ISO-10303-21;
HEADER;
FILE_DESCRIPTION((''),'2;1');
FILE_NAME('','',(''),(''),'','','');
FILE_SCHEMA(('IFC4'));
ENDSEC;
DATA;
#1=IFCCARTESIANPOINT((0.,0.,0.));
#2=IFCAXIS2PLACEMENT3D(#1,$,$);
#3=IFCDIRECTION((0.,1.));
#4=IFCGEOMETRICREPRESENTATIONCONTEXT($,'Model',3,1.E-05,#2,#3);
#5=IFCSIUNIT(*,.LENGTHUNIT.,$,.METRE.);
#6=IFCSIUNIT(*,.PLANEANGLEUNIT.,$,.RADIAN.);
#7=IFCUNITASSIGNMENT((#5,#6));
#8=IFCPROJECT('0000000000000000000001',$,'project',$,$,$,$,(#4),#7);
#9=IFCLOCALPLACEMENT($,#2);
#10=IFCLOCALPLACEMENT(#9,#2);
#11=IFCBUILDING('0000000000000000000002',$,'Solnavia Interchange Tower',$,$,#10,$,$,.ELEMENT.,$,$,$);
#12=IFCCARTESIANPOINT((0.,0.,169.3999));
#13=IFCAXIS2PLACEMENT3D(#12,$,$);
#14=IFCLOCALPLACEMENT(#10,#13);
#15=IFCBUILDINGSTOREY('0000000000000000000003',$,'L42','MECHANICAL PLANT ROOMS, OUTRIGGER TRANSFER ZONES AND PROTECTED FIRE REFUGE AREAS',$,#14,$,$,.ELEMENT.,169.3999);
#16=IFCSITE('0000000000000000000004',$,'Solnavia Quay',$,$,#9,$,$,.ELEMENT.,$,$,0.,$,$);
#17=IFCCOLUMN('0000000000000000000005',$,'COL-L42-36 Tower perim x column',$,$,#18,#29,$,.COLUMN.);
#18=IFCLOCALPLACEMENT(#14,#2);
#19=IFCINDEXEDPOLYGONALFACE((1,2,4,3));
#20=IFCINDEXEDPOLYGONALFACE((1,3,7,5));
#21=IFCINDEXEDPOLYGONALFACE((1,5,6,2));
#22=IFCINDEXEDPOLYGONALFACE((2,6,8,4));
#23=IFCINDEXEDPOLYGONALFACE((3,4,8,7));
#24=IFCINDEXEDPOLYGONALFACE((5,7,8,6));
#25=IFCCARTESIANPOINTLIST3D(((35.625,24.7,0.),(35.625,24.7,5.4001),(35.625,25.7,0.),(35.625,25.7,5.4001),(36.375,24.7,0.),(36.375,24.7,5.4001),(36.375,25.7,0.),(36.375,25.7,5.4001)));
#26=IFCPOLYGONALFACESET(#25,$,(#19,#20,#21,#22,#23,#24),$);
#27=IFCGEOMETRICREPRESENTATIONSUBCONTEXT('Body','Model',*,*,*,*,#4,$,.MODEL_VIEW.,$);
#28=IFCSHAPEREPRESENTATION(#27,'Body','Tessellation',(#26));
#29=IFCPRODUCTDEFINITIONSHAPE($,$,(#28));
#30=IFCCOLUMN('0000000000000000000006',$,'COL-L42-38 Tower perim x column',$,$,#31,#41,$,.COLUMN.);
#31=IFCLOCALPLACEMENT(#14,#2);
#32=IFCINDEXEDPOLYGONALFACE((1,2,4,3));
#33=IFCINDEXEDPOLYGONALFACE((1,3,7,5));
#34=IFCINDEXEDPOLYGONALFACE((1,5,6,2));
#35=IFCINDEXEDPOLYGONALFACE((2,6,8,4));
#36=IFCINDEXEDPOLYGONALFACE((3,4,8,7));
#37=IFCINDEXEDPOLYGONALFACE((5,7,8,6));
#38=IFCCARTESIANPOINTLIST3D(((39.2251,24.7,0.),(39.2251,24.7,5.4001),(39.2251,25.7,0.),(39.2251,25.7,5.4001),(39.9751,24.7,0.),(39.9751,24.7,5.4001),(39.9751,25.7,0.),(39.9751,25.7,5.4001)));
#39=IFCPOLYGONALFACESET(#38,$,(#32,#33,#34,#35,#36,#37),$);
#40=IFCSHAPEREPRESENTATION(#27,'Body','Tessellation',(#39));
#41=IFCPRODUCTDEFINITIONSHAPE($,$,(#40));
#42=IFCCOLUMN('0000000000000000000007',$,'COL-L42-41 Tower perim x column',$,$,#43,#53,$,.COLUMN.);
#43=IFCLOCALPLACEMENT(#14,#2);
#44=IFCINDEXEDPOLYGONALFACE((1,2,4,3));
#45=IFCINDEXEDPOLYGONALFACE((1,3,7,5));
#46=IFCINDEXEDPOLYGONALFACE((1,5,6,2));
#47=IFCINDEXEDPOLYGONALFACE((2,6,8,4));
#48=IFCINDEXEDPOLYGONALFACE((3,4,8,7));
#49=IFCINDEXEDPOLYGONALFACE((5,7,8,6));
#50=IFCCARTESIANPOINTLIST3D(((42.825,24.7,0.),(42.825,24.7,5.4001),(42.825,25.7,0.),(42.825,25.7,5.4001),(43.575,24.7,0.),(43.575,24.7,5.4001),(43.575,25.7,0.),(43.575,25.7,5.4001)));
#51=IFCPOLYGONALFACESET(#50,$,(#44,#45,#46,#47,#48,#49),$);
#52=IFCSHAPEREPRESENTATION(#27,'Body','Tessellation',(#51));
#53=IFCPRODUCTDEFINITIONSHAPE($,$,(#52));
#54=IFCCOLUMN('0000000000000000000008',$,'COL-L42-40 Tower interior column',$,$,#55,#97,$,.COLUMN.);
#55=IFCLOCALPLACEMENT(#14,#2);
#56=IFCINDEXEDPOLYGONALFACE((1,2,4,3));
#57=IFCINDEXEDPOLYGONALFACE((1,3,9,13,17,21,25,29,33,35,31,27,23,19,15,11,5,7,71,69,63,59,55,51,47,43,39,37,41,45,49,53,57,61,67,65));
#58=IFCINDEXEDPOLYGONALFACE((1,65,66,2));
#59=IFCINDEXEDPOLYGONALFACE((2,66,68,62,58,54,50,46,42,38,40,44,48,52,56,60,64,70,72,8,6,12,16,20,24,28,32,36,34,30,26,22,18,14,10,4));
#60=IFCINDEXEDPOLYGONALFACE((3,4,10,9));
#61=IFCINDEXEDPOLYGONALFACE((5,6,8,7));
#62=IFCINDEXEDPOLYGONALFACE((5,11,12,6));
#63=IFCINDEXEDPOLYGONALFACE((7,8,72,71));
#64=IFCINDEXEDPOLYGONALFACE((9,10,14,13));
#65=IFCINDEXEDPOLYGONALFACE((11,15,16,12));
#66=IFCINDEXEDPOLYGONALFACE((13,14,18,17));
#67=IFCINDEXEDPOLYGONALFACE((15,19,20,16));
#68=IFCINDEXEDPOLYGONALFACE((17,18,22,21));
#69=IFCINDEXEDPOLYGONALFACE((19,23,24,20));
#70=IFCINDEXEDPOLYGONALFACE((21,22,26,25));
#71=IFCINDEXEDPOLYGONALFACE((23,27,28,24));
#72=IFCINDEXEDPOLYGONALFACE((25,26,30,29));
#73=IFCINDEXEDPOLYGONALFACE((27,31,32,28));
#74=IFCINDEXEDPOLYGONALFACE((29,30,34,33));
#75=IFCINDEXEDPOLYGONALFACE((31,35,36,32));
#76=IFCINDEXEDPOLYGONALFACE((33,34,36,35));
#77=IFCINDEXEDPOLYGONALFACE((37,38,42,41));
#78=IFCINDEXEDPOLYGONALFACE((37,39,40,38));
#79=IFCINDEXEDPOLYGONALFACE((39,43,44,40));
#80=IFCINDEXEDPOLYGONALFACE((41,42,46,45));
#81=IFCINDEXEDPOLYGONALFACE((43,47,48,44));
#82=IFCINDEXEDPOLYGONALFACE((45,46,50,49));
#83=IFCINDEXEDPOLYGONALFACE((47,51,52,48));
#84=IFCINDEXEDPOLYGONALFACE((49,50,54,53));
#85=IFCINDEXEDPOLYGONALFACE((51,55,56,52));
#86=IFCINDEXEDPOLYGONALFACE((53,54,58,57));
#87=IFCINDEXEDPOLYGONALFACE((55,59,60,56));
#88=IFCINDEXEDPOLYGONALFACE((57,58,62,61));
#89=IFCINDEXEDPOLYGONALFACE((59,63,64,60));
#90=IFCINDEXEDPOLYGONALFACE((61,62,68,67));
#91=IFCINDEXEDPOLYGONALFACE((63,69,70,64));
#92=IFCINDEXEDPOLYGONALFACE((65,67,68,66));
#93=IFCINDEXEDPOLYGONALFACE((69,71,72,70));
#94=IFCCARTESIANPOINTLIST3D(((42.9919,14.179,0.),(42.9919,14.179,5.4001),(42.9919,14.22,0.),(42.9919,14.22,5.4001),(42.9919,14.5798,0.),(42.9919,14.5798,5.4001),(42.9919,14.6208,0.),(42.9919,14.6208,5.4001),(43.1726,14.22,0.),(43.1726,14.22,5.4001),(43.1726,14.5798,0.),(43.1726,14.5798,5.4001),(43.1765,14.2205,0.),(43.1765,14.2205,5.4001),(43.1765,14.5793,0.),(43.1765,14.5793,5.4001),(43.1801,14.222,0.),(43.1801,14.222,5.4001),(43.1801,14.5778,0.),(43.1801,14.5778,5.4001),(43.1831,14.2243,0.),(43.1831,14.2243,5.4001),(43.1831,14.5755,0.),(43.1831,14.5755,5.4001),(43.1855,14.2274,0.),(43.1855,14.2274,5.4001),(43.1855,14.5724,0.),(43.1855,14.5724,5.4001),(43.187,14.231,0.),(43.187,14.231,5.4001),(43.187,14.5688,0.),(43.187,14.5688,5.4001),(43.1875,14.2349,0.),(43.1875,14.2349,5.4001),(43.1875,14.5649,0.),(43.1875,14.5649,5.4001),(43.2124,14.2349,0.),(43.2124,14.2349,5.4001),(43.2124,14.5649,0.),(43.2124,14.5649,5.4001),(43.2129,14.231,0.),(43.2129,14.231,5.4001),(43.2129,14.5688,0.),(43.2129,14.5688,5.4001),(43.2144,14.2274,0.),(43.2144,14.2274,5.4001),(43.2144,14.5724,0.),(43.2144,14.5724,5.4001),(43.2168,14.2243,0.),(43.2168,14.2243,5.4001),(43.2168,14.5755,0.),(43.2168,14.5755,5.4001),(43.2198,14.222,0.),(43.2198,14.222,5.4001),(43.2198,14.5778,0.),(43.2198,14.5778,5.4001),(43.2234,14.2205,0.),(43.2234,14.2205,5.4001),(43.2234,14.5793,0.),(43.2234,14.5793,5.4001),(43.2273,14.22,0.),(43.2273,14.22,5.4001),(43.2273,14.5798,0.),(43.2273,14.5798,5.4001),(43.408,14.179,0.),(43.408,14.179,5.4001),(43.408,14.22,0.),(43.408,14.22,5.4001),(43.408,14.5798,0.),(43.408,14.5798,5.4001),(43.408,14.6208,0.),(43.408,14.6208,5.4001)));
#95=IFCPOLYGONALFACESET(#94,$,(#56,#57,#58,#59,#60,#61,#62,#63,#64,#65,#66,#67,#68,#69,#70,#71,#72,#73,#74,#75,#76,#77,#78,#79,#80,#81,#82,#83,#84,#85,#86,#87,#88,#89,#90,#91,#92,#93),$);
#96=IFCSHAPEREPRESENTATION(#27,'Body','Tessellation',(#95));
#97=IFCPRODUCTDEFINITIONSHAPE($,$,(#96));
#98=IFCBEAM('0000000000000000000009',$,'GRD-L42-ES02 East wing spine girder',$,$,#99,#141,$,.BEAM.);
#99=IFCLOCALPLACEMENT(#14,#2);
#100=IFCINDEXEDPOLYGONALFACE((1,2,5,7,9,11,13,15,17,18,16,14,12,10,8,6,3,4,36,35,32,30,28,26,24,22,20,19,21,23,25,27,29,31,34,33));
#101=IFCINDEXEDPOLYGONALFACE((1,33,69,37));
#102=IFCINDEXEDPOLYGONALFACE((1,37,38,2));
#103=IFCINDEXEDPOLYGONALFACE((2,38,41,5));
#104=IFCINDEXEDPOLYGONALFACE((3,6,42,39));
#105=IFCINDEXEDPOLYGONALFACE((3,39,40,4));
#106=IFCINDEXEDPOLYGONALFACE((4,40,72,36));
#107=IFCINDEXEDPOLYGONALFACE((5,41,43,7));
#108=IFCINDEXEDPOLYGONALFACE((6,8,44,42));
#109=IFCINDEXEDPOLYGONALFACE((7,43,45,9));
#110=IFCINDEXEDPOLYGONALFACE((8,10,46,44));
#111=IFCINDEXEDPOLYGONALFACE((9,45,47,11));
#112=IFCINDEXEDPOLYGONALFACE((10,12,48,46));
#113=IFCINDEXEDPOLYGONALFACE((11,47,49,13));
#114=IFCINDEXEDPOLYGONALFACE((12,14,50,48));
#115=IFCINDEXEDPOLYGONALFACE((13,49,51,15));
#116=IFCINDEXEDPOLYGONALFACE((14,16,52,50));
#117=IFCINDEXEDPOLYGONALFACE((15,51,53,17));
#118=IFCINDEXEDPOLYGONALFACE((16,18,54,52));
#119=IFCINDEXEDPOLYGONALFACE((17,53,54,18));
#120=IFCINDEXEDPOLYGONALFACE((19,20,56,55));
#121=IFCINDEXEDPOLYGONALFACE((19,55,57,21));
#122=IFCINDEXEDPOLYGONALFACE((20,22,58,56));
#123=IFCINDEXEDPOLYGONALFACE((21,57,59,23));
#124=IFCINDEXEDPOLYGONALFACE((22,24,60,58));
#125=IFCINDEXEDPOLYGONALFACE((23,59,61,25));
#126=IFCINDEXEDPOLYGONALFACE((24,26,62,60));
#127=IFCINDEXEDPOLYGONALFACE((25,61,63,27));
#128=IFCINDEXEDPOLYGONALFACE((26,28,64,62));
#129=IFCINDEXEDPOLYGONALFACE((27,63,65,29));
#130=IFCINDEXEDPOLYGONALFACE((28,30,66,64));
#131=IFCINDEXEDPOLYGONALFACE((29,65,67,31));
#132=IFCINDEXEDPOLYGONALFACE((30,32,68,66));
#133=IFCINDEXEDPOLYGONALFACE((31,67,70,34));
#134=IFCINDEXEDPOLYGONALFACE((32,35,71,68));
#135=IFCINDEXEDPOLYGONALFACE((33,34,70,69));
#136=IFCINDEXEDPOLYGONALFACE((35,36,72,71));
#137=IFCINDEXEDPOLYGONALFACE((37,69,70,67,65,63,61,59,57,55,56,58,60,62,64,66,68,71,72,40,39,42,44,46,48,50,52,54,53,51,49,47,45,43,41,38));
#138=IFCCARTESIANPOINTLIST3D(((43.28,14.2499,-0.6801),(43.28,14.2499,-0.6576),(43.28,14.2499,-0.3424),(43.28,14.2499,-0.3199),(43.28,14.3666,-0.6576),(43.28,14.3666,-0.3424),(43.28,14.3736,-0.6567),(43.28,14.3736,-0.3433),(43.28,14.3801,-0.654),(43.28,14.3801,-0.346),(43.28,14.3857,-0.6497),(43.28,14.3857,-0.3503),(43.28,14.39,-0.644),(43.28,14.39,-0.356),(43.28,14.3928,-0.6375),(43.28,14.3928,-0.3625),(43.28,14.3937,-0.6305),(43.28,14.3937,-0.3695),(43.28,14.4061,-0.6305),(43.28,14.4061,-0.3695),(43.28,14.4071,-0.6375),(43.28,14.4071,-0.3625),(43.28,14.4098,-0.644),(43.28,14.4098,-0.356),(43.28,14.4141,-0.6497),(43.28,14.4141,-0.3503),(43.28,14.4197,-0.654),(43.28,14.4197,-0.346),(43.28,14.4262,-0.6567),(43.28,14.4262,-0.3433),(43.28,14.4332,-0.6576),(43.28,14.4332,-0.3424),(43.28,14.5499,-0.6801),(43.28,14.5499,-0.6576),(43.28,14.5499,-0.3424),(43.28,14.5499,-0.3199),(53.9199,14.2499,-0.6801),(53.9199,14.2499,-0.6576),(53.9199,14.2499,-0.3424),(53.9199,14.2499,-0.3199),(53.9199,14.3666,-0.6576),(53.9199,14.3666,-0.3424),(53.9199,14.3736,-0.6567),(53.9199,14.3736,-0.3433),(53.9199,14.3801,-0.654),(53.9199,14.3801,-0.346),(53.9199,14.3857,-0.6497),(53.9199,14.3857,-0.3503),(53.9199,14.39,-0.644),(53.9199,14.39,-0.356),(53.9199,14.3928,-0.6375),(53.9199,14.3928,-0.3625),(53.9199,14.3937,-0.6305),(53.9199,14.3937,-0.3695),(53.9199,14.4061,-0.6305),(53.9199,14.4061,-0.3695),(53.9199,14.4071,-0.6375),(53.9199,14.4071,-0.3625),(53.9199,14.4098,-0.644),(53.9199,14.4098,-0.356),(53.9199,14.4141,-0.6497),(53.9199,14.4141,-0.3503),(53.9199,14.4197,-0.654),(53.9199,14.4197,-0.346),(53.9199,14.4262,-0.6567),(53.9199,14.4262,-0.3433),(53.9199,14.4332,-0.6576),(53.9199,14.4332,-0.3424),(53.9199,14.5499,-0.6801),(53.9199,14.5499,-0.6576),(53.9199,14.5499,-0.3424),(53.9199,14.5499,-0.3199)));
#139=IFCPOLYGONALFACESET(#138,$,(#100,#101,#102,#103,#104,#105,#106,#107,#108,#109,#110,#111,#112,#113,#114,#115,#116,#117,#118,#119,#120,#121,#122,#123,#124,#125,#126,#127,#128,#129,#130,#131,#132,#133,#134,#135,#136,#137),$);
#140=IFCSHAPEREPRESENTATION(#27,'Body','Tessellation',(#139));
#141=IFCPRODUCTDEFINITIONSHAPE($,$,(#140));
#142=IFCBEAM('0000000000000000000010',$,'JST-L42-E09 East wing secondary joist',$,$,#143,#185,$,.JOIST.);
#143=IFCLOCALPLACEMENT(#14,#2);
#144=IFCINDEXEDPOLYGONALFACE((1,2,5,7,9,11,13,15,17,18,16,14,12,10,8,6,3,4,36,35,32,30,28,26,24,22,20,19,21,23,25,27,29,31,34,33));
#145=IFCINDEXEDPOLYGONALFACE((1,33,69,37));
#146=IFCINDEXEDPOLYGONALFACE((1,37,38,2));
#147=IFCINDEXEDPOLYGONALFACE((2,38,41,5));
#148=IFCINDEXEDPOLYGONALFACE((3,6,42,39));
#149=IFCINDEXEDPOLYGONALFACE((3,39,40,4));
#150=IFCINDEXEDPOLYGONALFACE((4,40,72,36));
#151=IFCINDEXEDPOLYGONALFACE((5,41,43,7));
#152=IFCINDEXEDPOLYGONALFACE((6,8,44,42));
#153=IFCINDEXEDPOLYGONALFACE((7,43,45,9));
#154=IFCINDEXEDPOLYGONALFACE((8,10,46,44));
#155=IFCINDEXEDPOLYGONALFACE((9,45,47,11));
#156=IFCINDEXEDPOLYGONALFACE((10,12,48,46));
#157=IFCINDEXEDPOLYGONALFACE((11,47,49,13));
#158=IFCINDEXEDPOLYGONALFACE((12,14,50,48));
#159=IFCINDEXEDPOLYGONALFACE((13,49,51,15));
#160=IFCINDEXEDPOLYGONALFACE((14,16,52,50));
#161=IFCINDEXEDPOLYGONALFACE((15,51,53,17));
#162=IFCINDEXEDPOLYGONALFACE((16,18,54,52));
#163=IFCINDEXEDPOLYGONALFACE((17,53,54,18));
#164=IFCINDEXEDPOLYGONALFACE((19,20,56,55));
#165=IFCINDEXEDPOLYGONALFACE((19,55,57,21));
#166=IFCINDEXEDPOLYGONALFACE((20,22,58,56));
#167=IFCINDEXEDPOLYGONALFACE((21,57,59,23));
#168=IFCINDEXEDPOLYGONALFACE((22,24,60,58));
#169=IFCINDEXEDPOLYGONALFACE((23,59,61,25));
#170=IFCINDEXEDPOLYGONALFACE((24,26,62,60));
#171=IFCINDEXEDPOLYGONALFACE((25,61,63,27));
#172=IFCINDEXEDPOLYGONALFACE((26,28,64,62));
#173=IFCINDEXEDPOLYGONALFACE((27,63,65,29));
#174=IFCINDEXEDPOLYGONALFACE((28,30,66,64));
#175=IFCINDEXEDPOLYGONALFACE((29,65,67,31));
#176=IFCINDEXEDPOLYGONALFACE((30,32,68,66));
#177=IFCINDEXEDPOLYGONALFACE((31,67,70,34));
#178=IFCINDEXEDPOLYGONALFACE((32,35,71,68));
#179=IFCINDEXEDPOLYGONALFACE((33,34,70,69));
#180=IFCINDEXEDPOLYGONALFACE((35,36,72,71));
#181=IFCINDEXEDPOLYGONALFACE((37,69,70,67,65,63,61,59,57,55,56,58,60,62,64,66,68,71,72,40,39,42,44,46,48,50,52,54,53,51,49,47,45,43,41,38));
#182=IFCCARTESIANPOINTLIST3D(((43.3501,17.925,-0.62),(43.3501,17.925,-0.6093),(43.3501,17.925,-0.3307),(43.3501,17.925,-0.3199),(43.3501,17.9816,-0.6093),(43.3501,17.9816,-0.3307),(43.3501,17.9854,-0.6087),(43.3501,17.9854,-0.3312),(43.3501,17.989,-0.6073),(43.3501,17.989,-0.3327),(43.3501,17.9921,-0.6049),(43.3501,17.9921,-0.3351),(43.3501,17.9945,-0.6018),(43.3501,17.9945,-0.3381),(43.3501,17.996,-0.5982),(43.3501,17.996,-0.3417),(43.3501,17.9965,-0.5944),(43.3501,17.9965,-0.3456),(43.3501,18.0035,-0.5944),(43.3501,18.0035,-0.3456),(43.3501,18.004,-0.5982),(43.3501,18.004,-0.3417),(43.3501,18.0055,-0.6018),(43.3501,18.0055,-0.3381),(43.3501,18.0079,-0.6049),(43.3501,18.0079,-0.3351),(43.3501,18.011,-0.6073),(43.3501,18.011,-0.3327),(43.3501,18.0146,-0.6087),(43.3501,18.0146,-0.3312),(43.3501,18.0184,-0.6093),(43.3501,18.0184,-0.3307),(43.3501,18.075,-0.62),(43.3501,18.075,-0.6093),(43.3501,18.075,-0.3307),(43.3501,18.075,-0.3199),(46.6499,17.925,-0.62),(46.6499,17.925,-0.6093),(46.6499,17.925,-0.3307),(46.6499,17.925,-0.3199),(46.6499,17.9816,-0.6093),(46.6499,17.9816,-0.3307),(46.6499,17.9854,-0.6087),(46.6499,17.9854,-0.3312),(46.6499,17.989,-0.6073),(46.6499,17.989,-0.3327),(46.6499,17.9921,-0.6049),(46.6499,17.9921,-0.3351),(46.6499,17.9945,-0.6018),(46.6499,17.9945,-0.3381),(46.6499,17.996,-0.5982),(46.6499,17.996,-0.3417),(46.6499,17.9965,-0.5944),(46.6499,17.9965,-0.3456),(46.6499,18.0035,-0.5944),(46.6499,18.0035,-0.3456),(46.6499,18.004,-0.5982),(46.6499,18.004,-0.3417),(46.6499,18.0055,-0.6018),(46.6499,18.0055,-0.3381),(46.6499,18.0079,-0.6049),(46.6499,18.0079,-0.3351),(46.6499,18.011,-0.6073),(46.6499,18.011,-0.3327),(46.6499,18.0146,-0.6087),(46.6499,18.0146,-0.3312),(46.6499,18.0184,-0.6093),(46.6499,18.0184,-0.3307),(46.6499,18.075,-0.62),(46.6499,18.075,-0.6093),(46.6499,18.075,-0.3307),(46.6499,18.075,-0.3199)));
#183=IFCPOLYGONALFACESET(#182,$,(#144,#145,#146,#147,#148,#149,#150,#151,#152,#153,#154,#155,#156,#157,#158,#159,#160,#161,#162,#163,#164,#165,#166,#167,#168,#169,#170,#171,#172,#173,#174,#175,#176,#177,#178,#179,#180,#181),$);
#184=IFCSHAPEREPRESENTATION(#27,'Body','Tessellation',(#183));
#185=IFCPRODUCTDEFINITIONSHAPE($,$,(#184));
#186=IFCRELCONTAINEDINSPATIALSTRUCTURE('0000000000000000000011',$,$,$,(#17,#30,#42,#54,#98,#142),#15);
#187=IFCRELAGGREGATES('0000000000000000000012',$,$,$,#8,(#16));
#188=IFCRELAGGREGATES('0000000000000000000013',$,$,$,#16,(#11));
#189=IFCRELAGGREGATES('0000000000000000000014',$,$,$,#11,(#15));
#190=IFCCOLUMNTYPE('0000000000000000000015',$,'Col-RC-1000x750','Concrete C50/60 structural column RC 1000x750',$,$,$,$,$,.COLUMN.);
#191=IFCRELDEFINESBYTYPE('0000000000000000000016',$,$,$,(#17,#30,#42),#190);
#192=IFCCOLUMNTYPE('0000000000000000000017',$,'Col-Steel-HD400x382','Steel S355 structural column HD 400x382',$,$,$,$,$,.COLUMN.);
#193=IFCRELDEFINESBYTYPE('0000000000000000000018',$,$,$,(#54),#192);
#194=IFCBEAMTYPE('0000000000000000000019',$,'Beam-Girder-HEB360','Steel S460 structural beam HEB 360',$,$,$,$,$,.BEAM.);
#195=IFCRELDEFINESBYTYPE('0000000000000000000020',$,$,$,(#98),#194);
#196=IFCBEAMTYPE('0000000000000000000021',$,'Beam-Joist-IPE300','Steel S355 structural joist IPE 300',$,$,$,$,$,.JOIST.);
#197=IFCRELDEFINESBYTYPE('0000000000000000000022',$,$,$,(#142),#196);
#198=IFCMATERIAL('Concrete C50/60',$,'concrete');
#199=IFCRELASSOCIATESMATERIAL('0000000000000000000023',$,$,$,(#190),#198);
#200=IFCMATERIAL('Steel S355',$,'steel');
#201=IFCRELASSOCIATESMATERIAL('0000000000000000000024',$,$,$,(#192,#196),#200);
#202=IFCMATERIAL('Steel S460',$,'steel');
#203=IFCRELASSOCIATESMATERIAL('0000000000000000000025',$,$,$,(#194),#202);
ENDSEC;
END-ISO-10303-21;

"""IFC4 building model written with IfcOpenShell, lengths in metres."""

from ifc_helpers import new_model, si_unit, direction, frame, origin, origin_2d, place, context, subcontext, project, spatial, rectangle, i_section, extrude, material, material_profile, profile_set, type_object, element, save


model = new_model("IFC4")

# Units and contexts
model_context = context("Model", 3, precision=1e-05, world=origin(), true_north=direction((0.0, 1.0)))
body_context = subcontext(model_context, "Body", "Model", "MODEL_VIEW")
ifc_project = project(units=[si_unit("LENGTHUNIT", "METRE"), si_unit("PLANEANGLEUNIT", "RADIAN")], contexts=[model_context])

# Site, building, storey
site_placement = place(None, origin())
site = spatial("IfcSite", under=ifc_project, at=site_placement, Name="Solnavia Quay", CompositionType="ELEMENT", RefElevation=0.0)
building_placement = place(site_placement, origin())
building = spatial("IfcBuilding", under=site, at=building_placement, Name="Solnavia Interchange Tower", CompositionType="ELEMENT")
storey_placement = place(building_placement, frame((0.0, 0.0, 169.3999)))
storey = spatial("IfcBuildingStorey", under=building, at=storey_placement, Name="L42", Description="MECHANICAL PLANT ROOMS, OUTRIGGER TRANSFER ZONES AND PROTECTED FIRE REFUGE AREAS", CompositionType="ELEMENT", Elevation=169.3999)

# Columns
ifc_material_1 = material(Name="Concrete C50/60", Category="concrete")
ifc_material_profile_1 = material_profile(ifc_material_1, rectangle(XDim=0.75, YDim=1.0, at=origin_2d()), Name="RC 1000x750")
ifc_profile_set_1 = profile_set([ifc_material_profile_1], Name="Concrete C50/60")
column_type_1 = type_object("IfcColumnType", Name="Col-RC-1000x750", Description="Concrete C50/60 structural column RC 1000x750", PredefinedType="COLUMN", material=ifc_profile_set_1)
for number, where, z_axis, x_axis, name in (
    (1, (36.0, 25.2, 0.0), (0.0, 0.0, 1.0), (1.0, 0.0, 0.0), "COL-L42-36 Tower perim x column"),
    (2, (39.6001, 25.2, 0.0), (0.0, 0.0, 1.0), (1.0, 0.0, 0.0), "COL-L42-38 Tower perim x column"),
    (3, (43.2, 25.2, 0.0), (0.0, 0.0, 1.0), (1.0, 0.0, 0.0), "COL-L42-41 Tower perim x column"),
):
    element("IfcColumn", number, at=place(storey_placement, frame(where, z_axis=z_axis, x_axis=x_axis)), inside=storey, type_object=column_type_1, Name=name, PredefinedType="COLUMN", context=body_context, shape_type="SweptSolid", body=[
        extrude(rectangle(XDim=0.75, YDim=1.0, at=origin_2d()), origin(), (0.0, 0.0, 1.0), 5.4001),
    ])
ifc_material_2 = material(Name="Steel S355", Category="steel")
ifc_material_profile_2 = material_profile(ifc_material_2, i_section(OverallWidth=0.416, OverallDepth=0.4419, WebThickness=0.0249, FlangeThickness=0.041, FilletRadius=0.0149, at=origin_2d()), Name="HD 400x382")
ifc_profile_set_2 = profile_set([ifc_material_profile_2], Name="Steel S355")
column_type_2 = type_object("IfcColumnType", Name="Col-Steel-HD400x382", Description="Steel S355 structural column HD 400x382", PredefinedType="COLUMN", material=ifc_profile_set_2)
column_placement = place(storey_placement, frame((43.2, 14.3999, 0.0), z_axis=(0.0, 0.0, 1.0), x_axis=(1.0, 0.0, 0.0)))
element("IfcColumn", 4, at=column_placement, inside=storey, type_object=column_type_2, Name="COL-L42-40 Tower interior column", PredefinedType="COLUMN", context=body_context, shape_type="SweptSolid", body=[
    extrude(i_section(OverallWidth=0.416, OverallDepth=0.4419, WebThickness=0.0249, FlangeThickness=0.041, FilletRadius=0.0149, at=origin_2d()), origin(), (0.0, 0.0, 1.0), 5.4001),
])

# Beams
ifc_material_3 = material(Name="Steel S460", Category="steel")
ifc_material_profile_3 = material_profile(ifc_material_3, i_section(OverallWidth=0.3, OverallDepth=0.3601, WebThickness=0.0125, FlangeThickness=0.0225, FilletRadius=0.0271, at=origin_2d()), Name="HEB 360")
ifc_profile_set_3 = profile_set([ifc_material_profile_3], Name="Steel S460")
beam_type_1 = type_object("IfcBeamType", Name="Beam-Girder-HEB360", Description="Steel S460 structural beam HEB 360", PredefinedType="BEAM", material=ifc_profile_set_3)
beam_1_placement = place(storey_placement, frame((43.28, 14.3999, -0.5), z_axis=(1.0, 0.0, 0.0), x_axis=(0.0, 1.0, 0.0)))
element("IfcBeam", 5, at=beam_1_placement, inside=storey, type_object=beam_type_1, Name="GRD-L42-ES02 East wing spine girder", PredefinedType="BEAM", context=body_context, shape_type="SweptSolid", body=[
    extrude(i_section(OverallWidth=0.3, OverallDepth=0.3601, WebThickness=0.0125, FlangeThickness=0.0225, FilletRadius=0.0271, at=origin_2d()), origin(), (0.0, 0.0, 1.0), 10.6399),
])
ifc_material_profile_4 = material_profile(ifc_material_2, i_section(OverallWidth=0.1499, OverallDepth=0.3, WebThickness=0.0071, FlangeThickness=0.0107, FilletRadius=0.0149, at=origin_2d()), Name="IPE 300")
ifc_profile_set_4 = profile_set([ifc_material_profile_4], Name="Steel S355")
beam_type_2 = type_object("IfcBeamType", Name="Beam-Joist-IPE300", Description="Steel S355 structural joist IPE 300", PredefinedType="JOIST", material=ifc_profile_set_4)
for number, where, z_axis, x_axis, name in (
    (6, (43.3501, 18.0, -0.47), (1.0, 0.0, 0.0), (0.0, 1.0, 0.0), "JST-L42-E09 East wing secondary joist"),
):
    element("IfcBeam", number, at=place(storey_placement, frame(where, z_axis=z_axis, x_axis=x_axis)), inside=storey, type_object=beam_type_2, Name=name, PredefinedType="JOIST", context=body_context, shape_type="SweptSolid", body=[
        extrude(i_section(OverallWidth=0.1499, OverallDepth=0.3, WebThickness=0.0071, FlangeThickness=0.0107, FilletRadius=0.0149, at=origin_2d()), origin(), (0.0, 0.0, 1.0), 3.2998),
    ])

save(model, "model.ifc")
